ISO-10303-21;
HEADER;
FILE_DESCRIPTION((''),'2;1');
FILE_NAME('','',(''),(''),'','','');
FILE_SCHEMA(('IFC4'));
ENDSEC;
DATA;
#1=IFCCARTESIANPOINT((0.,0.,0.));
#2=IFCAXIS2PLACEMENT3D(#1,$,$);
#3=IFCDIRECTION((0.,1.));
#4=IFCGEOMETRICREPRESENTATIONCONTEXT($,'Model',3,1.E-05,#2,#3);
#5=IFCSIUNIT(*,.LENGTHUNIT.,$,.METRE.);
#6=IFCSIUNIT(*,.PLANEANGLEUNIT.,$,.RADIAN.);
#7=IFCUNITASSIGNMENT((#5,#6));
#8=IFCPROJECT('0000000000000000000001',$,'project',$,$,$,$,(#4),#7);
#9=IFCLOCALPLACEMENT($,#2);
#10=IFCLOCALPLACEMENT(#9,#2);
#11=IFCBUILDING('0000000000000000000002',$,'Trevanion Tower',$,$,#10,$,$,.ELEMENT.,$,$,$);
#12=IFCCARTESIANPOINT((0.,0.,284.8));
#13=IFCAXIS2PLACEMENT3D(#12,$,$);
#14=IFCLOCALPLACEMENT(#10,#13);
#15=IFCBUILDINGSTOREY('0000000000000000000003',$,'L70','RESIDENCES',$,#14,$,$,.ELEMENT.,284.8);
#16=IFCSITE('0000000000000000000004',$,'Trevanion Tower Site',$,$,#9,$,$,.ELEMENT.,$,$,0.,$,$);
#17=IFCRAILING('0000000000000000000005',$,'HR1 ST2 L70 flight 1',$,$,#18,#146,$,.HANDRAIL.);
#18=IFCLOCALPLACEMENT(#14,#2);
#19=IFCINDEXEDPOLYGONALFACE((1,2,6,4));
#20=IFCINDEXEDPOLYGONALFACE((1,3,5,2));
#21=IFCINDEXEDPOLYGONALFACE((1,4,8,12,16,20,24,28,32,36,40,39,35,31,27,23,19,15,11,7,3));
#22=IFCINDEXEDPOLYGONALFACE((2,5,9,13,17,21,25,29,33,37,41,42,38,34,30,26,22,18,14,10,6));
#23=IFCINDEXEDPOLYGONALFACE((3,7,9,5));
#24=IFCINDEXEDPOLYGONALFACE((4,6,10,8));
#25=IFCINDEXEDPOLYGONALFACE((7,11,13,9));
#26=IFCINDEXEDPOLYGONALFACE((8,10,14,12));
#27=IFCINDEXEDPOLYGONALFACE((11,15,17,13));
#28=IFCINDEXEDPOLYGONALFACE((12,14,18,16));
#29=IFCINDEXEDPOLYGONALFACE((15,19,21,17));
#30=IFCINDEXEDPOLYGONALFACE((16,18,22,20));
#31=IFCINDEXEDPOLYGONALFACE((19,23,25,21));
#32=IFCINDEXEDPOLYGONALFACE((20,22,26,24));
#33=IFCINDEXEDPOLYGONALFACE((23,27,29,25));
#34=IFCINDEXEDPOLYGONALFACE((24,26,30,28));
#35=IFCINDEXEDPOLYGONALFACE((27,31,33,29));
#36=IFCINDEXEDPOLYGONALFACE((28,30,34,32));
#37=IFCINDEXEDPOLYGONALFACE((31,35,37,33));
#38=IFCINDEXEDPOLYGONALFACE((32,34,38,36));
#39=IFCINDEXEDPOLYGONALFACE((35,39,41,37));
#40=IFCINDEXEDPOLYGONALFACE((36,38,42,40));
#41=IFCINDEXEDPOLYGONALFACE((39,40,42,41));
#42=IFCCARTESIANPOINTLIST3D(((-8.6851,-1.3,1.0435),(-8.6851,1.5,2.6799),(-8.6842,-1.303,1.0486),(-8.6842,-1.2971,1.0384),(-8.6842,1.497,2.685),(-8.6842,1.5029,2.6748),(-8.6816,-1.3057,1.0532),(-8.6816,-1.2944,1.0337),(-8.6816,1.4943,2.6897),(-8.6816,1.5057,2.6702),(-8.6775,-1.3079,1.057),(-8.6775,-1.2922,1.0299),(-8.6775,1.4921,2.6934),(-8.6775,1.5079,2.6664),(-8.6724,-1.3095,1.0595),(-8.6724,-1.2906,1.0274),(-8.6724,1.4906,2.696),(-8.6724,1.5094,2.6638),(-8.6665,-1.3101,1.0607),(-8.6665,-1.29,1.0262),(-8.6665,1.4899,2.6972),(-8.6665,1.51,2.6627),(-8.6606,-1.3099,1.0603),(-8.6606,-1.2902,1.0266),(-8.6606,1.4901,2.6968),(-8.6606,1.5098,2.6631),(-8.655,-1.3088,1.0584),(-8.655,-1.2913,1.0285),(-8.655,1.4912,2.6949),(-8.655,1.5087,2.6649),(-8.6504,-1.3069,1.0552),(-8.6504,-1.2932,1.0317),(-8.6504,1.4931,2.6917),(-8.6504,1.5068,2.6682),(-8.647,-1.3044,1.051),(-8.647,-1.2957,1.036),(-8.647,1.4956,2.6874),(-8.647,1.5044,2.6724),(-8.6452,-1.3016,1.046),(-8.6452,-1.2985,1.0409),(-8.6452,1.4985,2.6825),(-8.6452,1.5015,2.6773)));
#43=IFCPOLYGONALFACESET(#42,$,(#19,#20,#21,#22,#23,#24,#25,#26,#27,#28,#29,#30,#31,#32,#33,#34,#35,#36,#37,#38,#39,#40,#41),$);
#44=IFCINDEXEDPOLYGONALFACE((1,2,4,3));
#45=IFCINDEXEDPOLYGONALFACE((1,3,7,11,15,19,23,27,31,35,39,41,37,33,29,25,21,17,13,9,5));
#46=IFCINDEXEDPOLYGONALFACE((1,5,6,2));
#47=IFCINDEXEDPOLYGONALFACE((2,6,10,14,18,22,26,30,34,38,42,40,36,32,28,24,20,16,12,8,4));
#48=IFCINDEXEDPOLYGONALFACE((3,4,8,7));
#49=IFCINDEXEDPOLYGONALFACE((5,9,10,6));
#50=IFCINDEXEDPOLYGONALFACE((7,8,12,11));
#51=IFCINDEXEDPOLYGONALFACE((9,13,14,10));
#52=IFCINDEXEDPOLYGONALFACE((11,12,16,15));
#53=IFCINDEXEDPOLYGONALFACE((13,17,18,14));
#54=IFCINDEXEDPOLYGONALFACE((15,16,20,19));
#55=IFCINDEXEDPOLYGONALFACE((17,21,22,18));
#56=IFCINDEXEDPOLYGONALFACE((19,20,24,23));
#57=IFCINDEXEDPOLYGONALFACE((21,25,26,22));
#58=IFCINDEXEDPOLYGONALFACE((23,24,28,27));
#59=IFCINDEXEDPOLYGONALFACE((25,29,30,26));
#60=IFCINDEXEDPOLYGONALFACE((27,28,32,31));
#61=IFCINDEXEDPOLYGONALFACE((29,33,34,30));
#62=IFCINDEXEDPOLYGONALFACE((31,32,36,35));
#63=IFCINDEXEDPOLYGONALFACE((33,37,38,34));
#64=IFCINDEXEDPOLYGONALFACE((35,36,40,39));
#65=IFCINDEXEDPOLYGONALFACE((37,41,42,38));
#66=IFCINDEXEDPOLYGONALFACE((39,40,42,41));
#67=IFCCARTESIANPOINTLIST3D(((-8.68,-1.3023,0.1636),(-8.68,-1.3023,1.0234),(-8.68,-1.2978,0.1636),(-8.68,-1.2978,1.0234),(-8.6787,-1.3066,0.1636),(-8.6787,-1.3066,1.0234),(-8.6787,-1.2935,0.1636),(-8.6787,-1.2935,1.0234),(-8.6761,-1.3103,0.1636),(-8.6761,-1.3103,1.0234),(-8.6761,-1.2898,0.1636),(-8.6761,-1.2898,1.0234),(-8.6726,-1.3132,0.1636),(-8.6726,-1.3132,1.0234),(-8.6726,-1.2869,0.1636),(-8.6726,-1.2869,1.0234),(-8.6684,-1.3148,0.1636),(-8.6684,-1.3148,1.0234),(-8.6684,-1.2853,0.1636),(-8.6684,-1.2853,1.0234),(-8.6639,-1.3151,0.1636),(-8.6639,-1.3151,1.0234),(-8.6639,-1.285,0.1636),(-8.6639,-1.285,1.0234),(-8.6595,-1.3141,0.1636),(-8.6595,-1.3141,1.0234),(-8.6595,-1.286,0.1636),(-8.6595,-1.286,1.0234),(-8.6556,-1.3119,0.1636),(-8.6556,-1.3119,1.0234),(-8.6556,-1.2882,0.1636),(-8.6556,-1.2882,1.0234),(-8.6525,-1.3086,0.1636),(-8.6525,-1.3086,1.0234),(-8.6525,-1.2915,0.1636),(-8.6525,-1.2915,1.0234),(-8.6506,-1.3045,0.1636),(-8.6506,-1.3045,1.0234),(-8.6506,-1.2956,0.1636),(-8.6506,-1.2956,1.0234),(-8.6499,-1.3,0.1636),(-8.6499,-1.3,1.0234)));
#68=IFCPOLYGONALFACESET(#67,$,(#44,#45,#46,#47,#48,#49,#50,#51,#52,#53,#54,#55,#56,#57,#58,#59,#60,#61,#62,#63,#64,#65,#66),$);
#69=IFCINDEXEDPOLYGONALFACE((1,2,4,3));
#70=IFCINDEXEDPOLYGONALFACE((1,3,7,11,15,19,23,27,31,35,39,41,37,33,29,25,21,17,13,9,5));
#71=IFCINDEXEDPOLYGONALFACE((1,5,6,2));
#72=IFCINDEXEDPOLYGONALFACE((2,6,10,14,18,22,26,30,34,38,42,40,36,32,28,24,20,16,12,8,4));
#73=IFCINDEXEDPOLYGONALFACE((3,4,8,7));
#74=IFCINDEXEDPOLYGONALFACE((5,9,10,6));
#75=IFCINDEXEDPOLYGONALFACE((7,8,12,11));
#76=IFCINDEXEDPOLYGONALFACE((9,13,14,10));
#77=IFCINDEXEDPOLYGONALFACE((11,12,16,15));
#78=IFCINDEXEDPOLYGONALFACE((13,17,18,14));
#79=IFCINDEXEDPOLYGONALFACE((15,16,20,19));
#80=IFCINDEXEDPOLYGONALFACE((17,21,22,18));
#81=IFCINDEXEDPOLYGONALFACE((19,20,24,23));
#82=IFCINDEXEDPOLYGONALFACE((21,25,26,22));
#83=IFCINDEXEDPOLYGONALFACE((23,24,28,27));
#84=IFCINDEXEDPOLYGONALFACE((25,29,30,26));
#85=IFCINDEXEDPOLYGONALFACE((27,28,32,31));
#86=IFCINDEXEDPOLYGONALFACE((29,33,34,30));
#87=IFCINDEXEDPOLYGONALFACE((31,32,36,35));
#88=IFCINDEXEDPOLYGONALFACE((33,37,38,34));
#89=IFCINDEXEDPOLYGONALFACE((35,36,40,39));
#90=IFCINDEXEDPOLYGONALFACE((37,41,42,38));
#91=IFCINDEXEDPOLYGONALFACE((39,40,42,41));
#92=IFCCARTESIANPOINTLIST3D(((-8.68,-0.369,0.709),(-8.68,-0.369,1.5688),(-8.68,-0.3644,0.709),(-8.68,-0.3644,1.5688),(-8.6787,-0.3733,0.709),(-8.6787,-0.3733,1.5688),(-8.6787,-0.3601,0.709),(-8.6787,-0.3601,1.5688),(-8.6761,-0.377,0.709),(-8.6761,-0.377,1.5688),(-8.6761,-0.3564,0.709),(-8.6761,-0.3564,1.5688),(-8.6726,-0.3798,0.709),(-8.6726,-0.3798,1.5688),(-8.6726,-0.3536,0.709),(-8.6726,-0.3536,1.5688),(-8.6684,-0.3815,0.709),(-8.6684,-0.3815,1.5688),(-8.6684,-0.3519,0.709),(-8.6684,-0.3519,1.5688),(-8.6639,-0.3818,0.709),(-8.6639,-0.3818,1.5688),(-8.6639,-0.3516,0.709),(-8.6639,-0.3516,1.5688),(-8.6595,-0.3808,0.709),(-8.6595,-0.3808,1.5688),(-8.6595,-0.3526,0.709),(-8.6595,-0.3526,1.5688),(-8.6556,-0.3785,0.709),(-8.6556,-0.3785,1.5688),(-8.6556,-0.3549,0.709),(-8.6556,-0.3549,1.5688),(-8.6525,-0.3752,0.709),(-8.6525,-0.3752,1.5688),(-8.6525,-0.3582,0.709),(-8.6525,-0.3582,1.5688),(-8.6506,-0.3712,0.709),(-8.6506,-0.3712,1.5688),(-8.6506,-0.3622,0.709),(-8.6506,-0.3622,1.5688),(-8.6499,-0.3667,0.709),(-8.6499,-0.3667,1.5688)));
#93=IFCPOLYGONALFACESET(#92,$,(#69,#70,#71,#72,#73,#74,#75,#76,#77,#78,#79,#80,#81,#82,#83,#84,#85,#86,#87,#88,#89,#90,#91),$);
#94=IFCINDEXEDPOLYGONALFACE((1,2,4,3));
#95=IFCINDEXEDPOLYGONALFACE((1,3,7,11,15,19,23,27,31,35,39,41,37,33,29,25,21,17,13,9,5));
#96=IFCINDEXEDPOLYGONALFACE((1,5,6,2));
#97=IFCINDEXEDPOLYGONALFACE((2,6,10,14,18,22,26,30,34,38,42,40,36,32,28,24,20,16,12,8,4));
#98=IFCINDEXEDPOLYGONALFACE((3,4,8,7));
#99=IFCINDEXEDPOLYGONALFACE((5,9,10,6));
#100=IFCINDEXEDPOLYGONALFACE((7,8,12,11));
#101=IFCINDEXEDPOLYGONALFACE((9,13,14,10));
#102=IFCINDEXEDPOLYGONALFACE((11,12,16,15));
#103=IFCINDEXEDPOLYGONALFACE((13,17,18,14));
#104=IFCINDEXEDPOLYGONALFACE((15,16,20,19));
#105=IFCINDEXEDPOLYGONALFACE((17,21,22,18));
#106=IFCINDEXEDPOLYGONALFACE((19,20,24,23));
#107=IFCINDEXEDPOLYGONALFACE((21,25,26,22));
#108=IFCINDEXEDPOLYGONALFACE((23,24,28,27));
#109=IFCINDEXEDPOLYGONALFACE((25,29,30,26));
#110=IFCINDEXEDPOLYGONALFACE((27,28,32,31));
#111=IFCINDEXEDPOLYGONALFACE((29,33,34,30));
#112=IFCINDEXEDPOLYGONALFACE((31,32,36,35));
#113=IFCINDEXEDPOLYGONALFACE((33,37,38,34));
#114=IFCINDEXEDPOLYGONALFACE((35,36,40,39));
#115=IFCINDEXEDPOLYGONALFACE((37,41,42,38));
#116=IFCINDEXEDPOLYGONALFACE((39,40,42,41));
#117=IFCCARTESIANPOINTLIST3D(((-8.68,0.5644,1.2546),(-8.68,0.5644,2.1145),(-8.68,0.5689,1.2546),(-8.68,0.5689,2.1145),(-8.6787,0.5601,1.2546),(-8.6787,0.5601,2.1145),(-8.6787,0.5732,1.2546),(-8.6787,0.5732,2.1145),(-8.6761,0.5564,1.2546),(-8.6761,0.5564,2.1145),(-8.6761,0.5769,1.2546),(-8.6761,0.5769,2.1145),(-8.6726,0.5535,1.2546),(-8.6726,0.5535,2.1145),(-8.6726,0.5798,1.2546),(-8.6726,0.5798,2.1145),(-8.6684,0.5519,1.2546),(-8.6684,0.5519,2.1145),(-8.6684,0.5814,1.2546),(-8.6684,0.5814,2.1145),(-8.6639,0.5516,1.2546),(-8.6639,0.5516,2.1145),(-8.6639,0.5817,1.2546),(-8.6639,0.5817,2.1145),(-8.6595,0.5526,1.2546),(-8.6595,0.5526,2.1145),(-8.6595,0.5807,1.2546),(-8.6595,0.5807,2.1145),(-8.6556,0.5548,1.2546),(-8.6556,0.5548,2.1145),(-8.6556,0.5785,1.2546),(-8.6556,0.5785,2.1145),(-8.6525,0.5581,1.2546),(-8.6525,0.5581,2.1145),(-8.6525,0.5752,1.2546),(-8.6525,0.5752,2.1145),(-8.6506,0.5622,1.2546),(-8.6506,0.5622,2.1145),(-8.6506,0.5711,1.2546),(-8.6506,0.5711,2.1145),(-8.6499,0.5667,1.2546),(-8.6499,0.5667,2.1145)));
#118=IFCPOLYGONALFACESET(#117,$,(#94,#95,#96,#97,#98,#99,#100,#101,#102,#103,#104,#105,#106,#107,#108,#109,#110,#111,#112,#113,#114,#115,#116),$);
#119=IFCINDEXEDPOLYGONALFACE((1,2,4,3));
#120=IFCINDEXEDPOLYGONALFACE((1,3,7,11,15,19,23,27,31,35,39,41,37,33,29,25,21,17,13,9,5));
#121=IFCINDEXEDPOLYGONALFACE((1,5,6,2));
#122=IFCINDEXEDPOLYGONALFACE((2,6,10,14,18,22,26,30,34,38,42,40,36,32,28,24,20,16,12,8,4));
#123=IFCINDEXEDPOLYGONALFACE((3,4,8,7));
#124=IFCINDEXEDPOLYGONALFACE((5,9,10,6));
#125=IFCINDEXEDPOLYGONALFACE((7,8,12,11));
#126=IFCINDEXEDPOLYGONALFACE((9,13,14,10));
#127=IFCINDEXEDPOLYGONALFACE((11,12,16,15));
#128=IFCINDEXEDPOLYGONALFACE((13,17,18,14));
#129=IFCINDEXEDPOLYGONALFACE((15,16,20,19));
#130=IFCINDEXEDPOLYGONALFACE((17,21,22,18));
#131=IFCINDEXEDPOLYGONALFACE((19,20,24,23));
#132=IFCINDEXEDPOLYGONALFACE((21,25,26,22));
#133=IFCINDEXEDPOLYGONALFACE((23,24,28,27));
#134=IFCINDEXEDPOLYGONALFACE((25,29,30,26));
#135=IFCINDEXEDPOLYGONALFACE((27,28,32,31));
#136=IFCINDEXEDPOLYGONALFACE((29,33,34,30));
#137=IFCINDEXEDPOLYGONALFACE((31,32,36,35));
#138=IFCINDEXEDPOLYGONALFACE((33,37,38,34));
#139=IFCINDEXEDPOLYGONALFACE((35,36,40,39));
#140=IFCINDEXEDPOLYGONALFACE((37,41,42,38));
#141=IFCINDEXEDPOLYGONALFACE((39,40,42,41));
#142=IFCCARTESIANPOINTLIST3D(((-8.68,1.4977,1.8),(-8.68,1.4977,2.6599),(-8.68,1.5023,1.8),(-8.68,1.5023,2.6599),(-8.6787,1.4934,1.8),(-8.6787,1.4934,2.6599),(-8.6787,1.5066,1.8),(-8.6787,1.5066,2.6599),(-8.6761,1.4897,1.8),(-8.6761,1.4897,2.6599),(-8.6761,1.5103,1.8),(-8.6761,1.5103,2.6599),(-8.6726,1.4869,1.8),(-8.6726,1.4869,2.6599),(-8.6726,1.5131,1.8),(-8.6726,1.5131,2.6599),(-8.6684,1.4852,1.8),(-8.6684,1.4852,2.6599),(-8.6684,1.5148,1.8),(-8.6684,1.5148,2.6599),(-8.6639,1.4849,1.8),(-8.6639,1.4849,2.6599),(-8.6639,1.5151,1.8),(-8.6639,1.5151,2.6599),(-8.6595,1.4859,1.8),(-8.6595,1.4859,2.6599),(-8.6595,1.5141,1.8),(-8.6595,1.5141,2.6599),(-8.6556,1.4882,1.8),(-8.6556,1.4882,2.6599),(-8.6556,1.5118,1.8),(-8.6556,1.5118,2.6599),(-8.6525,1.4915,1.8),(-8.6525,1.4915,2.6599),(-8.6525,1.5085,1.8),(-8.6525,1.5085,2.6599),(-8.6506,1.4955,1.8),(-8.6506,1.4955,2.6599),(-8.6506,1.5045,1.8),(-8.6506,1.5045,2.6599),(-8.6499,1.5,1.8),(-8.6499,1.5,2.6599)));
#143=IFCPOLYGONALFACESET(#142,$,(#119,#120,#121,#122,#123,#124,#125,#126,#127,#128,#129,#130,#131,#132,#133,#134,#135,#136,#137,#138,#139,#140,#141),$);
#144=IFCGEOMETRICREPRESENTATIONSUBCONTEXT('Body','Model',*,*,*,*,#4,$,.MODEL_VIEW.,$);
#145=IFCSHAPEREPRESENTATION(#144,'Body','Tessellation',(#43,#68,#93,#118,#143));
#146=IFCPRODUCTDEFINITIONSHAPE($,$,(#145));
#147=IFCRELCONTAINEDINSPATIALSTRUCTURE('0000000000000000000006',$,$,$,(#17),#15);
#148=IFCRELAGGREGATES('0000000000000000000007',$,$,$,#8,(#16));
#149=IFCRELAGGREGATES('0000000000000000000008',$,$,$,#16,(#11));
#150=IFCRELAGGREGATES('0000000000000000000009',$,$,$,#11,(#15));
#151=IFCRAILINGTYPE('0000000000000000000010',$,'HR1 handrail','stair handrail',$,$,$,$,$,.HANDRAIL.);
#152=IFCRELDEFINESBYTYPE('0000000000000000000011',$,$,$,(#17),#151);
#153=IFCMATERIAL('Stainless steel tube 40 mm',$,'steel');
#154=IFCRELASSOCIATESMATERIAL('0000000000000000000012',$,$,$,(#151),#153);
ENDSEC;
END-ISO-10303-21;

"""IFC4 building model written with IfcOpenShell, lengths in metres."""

from ifc_helpers import new_model, si_unit, direction, frame, origin, origin_2d, place, context, subcontext, project, spatial, circle, extrude, material, type_object, element, save


model = new_model("IFC4")

# Units and contexts
model_context = context("Model", 3, precision=1e-05, world=origin(), true_north=direction((0.0, 1.0)))
body_context = subcontext(model_context, "Body", "Model", "MODEL_VIEW")
ifc_project = project(units=[si_unit("LENGTHUNIT", "METRE"), si_unit("PLANEANGLEUNIT", "RADIAN")], contexts=[model_context])

# Site, building, storey
site_placement = place(None, origin())
site = spatial("IfcSite", under=ifc_project, at=site_placement, Name="Trevanion Tower Site", CompositionType="ELEMENT", RefElevation=0.0)
building_placement = place(site_placement, origin())
building = spatial("IfcBuilding", under=site, at=building_placement, Name="Trevanion Tower", CompositionType="ELEMENT")
storey_placement = place(building_placement, frame((0.0, 0.0, 284.8)))
storey = spatial("IfcBuildingStorey", under=building, at=storey_placement, Name="L70", Description="RESIDENCES", CompositionType="ELEMENT", Elevation=284.8)

# Railing
ifc_material_1 = material(Name="Stainless steel tube 40 mm", Category="steel")
railing_type = type_object("IfcRailingType", Name="HR1 handrail", Description="stair handrail", PredefinedType="HANDRAIL", material=ifc_material_1)
for number, where, name in (
    (1, (-8.665, -1.3, 0.1636), "HR1 ST2 L70 flight 1"),
):
    element("IfcRailing", number, at=place(storey_placement, frame(where)), inside=storey, type_object=railing_type, Name=name, PredefinedType="HANDRAIL", context=body_context, shape_type="SweptSolid", body=[
        extrude(circle(Radius=0.02, at=origin_2d()), frame((0.0, 0.0, 0.8799), z_axis=(0.0, 0.863361, 0.504587), x_axis=(-1.0, 0.0, 0.0)), (0.0, 0.0, 1.0), 3.2432),
        extrude(circle(Radius=0.0151, at=origin_2d()), origin(), (0.0, 0.0, 1.0), 0.8599),
        extrude(circle(Radius=0.0151, at=origin_2d()), frame((0.0, 0.9333, 0.5454)), (0.0, 0.0, 1.0), 0.8599),
        extrude(circle(Radius=0.0151, at=origin_2d()), frame((0.0, 1.8667, 1.0911)), (0.0, 0.0, 1.0), 0.8599),
        extrude(circle(Radius=0.0151, at=origin_2d()), frame((0.0, 2.8, 1.6365)), (0.0, 0.0, 1.0), 0.8599),
    ])

save(model, "model.ifc")
